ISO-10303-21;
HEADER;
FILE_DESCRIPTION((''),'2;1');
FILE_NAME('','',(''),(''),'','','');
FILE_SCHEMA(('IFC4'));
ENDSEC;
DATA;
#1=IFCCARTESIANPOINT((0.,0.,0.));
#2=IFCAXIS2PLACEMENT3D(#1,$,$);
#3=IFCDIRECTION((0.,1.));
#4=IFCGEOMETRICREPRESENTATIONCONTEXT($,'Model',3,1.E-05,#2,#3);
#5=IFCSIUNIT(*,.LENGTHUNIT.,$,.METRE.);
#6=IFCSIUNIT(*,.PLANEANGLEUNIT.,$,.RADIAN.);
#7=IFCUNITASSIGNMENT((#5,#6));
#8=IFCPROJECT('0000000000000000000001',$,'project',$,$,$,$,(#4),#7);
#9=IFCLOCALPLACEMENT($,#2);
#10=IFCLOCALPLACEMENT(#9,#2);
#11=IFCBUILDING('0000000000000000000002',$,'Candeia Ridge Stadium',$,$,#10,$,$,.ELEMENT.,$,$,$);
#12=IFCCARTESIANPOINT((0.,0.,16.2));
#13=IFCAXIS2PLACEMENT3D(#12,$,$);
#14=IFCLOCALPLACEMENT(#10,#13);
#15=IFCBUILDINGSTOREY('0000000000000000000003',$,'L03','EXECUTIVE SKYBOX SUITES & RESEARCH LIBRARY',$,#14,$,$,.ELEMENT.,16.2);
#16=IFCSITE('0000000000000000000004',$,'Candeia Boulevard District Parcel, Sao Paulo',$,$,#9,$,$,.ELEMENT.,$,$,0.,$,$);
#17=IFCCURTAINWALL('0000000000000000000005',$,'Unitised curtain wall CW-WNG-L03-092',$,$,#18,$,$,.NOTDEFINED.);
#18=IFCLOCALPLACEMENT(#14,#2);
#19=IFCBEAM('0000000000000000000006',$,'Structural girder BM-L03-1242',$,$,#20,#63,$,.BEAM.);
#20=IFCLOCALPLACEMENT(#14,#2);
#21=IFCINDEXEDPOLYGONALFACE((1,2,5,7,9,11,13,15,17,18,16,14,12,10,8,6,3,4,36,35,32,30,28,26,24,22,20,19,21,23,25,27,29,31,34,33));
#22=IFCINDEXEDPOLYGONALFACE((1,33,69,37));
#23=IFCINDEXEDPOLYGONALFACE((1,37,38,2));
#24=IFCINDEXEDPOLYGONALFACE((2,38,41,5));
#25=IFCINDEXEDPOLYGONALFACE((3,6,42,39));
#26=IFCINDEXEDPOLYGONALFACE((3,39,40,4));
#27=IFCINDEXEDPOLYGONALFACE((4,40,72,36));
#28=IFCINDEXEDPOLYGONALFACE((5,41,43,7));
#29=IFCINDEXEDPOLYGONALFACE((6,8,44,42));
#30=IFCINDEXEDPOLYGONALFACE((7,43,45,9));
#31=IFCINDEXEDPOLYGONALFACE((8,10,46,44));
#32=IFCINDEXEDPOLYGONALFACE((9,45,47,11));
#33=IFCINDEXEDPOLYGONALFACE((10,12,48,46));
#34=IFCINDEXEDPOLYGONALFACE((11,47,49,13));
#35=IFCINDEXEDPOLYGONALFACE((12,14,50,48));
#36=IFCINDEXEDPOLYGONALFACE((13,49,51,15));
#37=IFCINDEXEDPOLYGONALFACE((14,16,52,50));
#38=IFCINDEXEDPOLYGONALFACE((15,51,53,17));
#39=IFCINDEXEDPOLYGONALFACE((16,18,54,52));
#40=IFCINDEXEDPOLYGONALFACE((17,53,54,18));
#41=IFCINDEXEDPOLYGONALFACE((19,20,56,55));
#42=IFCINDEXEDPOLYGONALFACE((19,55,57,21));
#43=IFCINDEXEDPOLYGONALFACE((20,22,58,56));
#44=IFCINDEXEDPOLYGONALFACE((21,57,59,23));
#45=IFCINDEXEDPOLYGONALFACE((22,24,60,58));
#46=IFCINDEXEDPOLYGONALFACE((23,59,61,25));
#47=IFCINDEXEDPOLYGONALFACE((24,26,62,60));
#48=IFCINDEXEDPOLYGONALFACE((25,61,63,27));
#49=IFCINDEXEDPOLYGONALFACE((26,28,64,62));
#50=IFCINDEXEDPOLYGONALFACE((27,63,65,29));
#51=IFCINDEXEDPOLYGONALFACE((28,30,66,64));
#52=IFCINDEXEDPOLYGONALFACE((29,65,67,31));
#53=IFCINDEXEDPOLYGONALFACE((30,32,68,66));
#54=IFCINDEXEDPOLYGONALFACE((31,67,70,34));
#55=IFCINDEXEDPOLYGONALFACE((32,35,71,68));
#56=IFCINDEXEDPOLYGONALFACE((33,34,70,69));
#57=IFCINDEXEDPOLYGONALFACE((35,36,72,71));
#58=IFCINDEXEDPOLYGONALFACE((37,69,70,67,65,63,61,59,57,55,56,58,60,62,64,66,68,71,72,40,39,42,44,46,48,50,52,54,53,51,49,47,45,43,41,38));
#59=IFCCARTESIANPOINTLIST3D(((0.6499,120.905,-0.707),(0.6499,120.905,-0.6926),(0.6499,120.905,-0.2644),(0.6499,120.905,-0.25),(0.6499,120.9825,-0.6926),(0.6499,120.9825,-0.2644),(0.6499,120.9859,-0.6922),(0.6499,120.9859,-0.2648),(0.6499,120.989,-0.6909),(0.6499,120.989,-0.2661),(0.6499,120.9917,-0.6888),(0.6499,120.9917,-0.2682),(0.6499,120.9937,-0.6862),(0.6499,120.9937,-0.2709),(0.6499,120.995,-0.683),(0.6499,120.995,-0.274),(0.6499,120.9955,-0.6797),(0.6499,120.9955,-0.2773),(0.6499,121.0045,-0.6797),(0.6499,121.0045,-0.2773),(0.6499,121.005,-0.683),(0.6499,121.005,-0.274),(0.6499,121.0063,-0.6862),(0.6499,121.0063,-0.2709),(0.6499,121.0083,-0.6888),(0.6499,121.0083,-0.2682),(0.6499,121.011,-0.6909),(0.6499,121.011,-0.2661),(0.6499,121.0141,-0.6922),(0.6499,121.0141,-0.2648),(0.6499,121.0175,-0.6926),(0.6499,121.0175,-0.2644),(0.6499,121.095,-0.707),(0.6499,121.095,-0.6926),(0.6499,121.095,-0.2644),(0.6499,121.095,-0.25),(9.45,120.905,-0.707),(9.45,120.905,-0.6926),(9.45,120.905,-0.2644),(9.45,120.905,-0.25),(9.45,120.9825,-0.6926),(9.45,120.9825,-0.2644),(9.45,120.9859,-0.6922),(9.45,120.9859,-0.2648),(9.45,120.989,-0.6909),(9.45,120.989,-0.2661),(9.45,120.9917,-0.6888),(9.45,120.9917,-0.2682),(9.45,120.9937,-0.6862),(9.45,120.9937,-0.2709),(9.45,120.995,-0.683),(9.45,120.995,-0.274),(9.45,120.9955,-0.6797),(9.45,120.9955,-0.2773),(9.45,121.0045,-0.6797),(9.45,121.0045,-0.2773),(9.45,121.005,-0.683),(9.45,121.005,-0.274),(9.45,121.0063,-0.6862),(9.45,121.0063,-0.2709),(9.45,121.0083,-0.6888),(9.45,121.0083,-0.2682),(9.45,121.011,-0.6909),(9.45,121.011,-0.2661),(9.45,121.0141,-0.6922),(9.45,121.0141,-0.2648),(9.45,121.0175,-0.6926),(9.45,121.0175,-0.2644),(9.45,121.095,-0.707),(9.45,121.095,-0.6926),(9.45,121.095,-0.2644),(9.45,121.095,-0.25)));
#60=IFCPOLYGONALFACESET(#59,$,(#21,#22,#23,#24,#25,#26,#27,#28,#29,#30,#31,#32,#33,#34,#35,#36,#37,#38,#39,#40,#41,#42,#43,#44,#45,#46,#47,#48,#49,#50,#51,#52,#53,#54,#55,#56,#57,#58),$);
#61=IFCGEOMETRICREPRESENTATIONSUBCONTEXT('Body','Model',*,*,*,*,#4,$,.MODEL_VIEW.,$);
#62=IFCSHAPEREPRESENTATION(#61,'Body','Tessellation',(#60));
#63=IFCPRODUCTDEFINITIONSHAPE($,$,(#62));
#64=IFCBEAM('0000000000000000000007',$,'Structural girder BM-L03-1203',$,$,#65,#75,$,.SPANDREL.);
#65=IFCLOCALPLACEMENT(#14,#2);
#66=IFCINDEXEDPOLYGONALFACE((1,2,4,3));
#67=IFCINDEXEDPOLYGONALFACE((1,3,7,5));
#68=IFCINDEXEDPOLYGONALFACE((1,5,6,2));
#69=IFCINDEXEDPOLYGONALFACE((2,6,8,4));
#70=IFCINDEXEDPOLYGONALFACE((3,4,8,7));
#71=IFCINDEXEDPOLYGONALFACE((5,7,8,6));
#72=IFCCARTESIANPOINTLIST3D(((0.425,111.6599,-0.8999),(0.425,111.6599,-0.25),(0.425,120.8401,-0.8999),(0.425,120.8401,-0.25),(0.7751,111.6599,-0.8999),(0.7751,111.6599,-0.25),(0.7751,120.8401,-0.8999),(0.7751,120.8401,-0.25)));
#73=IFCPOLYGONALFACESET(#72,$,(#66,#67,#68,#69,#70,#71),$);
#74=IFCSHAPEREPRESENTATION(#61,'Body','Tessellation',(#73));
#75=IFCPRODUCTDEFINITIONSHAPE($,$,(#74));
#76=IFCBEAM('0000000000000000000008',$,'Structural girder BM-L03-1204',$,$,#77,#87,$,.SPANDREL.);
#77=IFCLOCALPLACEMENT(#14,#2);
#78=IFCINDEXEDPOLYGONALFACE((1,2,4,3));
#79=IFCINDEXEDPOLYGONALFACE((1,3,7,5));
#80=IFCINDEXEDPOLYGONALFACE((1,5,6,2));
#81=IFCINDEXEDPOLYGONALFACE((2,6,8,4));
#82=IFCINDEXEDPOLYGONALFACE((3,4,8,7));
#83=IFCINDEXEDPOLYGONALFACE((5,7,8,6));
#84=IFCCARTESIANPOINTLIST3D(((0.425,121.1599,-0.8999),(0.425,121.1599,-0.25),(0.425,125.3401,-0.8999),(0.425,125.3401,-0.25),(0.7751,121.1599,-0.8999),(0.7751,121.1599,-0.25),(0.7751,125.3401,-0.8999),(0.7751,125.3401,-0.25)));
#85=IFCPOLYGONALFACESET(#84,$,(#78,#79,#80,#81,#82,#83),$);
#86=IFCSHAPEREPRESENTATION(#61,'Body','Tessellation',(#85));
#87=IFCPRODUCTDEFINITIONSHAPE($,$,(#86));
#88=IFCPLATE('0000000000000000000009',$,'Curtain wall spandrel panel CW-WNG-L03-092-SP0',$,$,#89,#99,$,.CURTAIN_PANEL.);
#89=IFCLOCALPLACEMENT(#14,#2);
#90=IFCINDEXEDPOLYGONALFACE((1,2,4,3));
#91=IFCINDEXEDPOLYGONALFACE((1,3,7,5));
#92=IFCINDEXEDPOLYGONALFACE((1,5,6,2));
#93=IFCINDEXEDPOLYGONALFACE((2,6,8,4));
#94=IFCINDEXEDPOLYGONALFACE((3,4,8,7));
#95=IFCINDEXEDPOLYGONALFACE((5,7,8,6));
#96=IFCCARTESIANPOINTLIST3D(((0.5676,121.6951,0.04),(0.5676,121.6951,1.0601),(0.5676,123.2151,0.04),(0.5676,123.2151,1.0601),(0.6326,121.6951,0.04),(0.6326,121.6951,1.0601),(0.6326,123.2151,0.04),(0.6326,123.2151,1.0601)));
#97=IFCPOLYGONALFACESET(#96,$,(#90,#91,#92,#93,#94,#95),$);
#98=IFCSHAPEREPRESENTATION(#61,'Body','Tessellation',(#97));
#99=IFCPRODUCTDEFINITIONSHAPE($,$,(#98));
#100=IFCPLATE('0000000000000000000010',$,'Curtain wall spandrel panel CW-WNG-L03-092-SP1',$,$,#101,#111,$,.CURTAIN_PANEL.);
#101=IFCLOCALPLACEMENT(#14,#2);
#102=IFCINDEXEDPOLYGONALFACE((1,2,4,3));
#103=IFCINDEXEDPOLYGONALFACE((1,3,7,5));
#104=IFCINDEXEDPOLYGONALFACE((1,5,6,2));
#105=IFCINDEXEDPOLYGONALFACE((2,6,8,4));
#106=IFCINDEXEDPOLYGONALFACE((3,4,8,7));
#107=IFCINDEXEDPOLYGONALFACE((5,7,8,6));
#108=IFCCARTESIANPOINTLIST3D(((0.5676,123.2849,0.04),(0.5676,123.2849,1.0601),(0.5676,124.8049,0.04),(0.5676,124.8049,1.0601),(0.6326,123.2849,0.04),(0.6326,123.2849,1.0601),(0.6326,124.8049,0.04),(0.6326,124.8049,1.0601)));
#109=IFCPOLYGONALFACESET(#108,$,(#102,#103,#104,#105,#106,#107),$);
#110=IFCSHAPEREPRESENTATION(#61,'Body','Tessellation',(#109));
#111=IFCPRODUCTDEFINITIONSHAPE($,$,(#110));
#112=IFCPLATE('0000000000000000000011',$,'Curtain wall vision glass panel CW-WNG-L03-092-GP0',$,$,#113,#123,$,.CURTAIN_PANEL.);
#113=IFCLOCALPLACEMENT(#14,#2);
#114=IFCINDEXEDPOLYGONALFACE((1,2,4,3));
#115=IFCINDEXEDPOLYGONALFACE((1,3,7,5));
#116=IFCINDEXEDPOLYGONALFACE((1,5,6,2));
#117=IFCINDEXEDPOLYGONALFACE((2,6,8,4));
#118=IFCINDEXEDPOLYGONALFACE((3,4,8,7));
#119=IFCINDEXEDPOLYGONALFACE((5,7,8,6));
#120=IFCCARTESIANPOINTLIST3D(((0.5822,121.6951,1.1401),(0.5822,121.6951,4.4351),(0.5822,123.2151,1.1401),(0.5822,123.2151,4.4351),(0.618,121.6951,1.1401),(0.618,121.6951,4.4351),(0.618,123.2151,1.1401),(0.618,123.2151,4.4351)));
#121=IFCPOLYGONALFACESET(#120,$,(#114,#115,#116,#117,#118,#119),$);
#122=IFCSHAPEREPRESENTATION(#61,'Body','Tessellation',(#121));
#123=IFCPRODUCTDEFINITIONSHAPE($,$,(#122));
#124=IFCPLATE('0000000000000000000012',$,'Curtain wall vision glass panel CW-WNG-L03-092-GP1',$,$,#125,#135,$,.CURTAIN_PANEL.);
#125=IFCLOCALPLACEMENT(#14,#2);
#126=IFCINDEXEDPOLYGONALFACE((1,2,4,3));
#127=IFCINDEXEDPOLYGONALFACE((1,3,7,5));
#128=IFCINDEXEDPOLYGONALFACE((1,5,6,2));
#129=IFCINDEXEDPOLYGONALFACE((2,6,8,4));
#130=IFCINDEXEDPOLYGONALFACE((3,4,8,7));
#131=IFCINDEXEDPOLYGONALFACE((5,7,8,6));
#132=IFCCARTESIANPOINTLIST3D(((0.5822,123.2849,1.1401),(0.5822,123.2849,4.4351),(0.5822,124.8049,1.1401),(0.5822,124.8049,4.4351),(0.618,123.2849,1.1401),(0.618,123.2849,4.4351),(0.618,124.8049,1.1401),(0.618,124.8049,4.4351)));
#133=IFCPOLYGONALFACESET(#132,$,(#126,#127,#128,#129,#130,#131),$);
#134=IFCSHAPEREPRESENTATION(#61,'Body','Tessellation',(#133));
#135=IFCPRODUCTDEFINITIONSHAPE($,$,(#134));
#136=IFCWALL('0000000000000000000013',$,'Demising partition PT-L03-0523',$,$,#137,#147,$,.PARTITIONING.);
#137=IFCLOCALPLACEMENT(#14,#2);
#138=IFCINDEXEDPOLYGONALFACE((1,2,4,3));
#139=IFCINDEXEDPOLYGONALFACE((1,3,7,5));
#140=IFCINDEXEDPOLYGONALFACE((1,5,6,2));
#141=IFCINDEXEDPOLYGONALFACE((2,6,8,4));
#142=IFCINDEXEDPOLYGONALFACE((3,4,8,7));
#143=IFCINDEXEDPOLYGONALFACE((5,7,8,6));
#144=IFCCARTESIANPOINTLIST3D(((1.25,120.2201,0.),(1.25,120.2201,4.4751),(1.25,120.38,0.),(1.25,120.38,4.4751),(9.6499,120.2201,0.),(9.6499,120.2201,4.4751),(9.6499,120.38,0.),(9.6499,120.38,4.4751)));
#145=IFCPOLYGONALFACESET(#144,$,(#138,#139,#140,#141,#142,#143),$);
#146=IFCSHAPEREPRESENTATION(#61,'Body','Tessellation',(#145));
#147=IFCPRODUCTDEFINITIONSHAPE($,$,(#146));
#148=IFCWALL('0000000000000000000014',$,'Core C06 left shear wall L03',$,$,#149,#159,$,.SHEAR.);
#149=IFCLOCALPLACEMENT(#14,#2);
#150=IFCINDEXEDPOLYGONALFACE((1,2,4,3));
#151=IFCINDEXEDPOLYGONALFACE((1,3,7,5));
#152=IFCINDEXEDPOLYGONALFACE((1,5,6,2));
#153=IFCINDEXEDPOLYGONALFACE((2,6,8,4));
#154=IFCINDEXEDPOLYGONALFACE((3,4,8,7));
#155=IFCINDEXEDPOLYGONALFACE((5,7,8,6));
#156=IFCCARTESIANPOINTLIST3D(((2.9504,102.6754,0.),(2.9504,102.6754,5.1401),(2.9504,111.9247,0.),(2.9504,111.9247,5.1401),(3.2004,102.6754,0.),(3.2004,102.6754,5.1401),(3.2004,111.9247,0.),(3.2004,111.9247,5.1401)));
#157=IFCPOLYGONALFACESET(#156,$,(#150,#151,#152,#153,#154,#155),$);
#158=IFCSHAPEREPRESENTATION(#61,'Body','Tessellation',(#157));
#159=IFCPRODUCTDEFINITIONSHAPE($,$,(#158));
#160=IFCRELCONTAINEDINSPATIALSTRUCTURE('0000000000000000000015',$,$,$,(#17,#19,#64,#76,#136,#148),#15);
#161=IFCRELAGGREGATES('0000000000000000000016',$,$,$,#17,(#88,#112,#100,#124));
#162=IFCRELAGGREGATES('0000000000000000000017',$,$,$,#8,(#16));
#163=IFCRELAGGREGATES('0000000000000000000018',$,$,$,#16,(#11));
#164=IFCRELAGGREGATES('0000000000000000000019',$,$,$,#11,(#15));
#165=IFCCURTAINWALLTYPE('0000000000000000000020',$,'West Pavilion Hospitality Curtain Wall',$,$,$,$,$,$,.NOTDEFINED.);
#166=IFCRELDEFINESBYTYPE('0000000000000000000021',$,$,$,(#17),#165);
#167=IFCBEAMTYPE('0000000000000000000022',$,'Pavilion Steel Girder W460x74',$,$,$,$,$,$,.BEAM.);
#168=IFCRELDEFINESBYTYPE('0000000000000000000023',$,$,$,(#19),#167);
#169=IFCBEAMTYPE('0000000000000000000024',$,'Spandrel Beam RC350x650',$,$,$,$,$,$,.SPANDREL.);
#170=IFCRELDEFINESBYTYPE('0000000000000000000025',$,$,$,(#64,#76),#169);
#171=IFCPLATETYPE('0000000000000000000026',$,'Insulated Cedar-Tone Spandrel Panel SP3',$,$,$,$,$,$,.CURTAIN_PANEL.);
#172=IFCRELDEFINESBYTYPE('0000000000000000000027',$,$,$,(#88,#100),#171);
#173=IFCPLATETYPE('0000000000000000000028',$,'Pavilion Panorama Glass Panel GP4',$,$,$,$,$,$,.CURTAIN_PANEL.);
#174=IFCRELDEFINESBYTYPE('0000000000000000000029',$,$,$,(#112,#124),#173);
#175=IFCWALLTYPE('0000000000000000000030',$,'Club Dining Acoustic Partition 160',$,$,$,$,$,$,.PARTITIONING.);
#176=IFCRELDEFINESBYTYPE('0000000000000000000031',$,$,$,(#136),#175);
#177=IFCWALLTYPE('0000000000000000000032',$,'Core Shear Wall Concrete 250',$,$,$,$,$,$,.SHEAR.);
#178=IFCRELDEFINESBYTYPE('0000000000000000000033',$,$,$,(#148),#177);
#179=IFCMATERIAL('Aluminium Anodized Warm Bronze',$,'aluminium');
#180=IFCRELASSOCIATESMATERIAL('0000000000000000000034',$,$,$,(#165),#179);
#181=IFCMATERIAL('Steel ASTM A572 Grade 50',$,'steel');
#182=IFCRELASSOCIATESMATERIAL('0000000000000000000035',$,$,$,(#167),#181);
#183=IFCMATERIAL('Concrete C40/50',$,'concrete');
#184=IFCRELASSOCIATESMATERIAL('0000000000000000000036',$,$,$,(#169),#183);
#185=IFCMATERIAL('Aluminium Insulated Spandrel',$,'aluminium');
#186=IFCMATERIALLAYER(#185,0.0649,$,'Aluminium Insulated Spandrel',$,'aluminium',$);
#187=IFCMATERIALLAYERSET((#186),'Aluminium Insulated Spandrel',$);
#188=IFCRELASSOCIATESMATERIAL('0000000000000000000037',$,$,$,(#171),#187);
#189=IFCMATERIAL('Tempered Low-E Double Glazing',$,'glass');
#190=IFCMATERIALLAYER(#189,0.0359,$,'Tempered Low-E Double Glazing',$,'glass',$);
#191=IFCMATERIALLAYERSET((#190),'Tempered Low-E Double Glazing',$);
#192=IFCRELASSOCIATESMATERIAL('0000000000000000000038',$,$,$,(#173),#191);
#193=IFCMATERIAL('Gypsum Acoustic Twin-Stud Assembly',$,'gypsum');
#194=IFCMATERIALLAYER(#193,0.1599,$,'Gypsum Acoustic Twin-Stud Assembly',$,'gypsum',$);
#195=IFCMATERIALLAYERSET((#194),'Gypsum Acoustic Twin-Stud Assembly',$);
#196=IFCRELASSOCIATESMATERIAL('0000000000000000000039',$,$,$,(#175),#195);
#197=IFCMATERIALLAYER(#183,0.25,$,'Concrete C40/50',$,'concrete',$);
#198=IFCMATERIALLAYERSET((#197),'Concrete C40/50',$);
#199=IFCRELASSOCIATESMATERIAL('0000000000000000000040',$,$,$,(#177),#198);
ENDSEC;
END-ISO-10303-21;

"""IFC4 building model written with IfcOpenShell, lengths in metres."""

from ifc_helpers import new_model, si_unit, direction, frame, frame_2d, origin, origin_2d, place, context, subcontext, project, spatial, rectangle, i_section, extrude, material, layer, layer_set, material_profile, profile_set, type_object, element, aggregate, save


model = new_model("IFC4")

# Units and contexts
model_context = context("Model", 3, precision=1e-05, world=origin(), true_north=direction((0.0, 1.0)))
body_context = subcontext(model_context, "Body", "Model", "MODEL_VIEW")
ifc_project = project(units=[si_unit("LENGTHUNIT", "METRE"), si_unit("PLANEANGLEUNIT", "RADIAN")], contexts=[model_context])

# Site, building, storey
site_placement = place(None, origin())
site = spatial("IfcSite", under=ifc_project, at=site_placement, Name="Candeia Boulevard District Parcel, Sao Paulo", CompositionType="ELEMENT", RefElevation=0.0)
building_placement = place(site_placement, origin())
building = spatial("IfcBuilding", under=site, at=building_placement, Name="Candeia Ridge Stadium", CompositionType="ELEMENT")
storey_placement = place(building_placement, frame((0.0, 0.0, 16.2)))
storey = spatial("IfcBuildingStorey", under=building, at=storey_placement, Name="L03", Description="EXECUTIVE SKYBOX SUITES & RESEARCH LIBRARY", CompositionType="ELEMENT", Elevation=16.2)

# Shared definitions
ifc_material_1 = material(Name="Concrete C40/50", Category="concrete")

# Curtain wall
ifc_material_2 = material(Name="Aluminium Anodized Warm Bronze", Category="aluminium")
curtain_wall_type = type_object("IfcCurtainWallType", Name="West Pavilion Hospitality Curtain Wall", PredefinedType="NOTDEFINED", material=ifc_material_2)
curtain_wall_placement = place(storey_placement, origin())
curtain_wall = element("IfcCurtainWall", 1, at=curtain_wall_placement, inside=storey, type_object=curtain_wall_type, Name="Unitised curtain wall CW-WNG-L03-092", PredefinedType="NOTDEFINED")

# Beams
ifc_material_3 = material(Name="Steel ASTM A572 Grade 50", Category="steel")
ifc_material_profile_1 = material_profile(ifc_material_3, i_section(OverallWidth=0.1899, OverallDepth=0.457, WebThickness=0.009, FlangeThickness=0.0144, FilletRadius=0.0129, at=origin_2d()), Name="W460x74", Category="steel")
ifc_profile_set_1 = profile_set([ifc_material_profile_1], Name="Steel ASTM A572 Grade 50")
beam_type_1 = type_object("IfcBeamType", Name="Pavilion Steel Girder W460x74", PredefinedType="BEAM", material=ifc_profile_set_1)
beam_1_placement = place(storey_placement, frame((0.6499, 121.0, -0.4785), z_axis=(1.0, 0.0, 0.0), x_axis=(0.0, 1.0, 0.0)))
element("IfcBeam", 2, at=beam_1_placement, inside=storey, type_object=beam_type_1, Name="Structural girder BM-L03-1242", PredefinedType="BEAM", context=body_context, shape_type="SweptSolid", body=[
    extrude(i_section(OverallWidth=0.1899, OverallDepth=0.457, WebThickness=0.009, FlangeThickness=0.0144, FilletRadius=0.0129, at=origin_2d()), origin(), (0.0, 0.0, 1.0), 8.8),
])
ifc_material_profile_2 = material_profile(ifc_material_1, rectangle(XDim=0.3501, YDim=0.6499, at=origin_2d()), Name="RC350x650", Category="concrete")
ifc_profile_set_2 = profile_set([ifc_material_profile_2], Name="Concrete C40/50")
beam_type_2 = type_object("IfcBeamType", Name="Spandrel Beam RC350x650", PredefinedType="SPANDREL", material=ifc_profile_set_2)
beam_2_placement = place(storey_placement, frame((0.6001, 111.6599, -0.575), z_axis=(0.0, 1.0, 0.0), x_axis=(-1.0, 0.0, 0.0)))
element("IfcBeam", 3, at=beam_2_placement, inside=storey, type_object=beam_type_2, Name="Structural girder BM-L03-1203", PredefinedType="SPANDREL", context=body_context, shape_type="SweptSolid", body=[
    extrude(rectangle(XDim=0.3501, YDim=0.6499, at=origin_2d()), origin(), (0.0, 0.0, 1.0), 9.1802),
])
beam_3_placement = place(storey_placement, frame((0.6001, 121.1599, -0.575), z_axis=(0.0, 1.0, 0.0), x_axis=(-1.0, 0.0, 0.0)))
element("IfcBeam", 4, at=beam_3_placement, inside=storey, type_object=beam_type_2, Name="Structural girder BM-L03-1204", PredefinedType="SPANDREL", context=body_context, shape_type="SweptSolid", body=[
    extrude(rectangle(XDim=0.3501, YDim=0.6499, at=origin_2d()), origin(), (0.0, 0.0, 1.0), 4.1802),
])

# Plates
ifc_material_4 = material(Name="Aluminium Insulated Spandrel", Category="aluminium")
ifc_layer_1 = layer(ifc_material_4, 0.0649, Name="Aluminium Insulated Spandrel", Category="aluminium")
ifc_layer_set_1 = layer_set([ifc_layer_1], Name="Aluminium Insulated Spandrel")
plate_type_1 = type_object("IfcPlateType", Name="Insulated Cedar-Tone Spandrel Panel SP3", PredefinedType="CURTAIN_PANEL", material=ifc_layer_set_1)
plate_1_placement = place(storey_placement, frame((0.6001, 122.4551, 0.04), z_axis=(0.0, 0.0, 1.0), x_axis=(0.0, 1.0, 0.0)))
plate_1 = element("IfcPlate", 5, at=plate_1_placement, type_object=plate_type_1, Name="Curtain wall spandrel panel CW-WNG-L03-092-SP0", PredefinedType="CURTAIN_PANEL", context=body_context, shape_type="SweptSolid", body=[
    extrude(rectangle(XDim=1.52, YDim=0.0649, at=origin_2d()), origin(), (0.0, 0.0, 1.0), 1.02),
])
plate_2_placement = place(storey_placement, frame((0.6001, 124.0449, 0.04), z_axis=(0.0, 0.0, 1.0), x_axis=(0.0, 1.0, 0.0)))
plate_2 = element("IfcPlate", 6, at=plate_2_placement, type_object=plate_type_1, Name="Curtain wall spandrel panel CW-WNG-L03-092-SP1", PredefinedType="CURTAIN_PANEL", context=body_context, shape_type="SweptSolid", body=[
    extrude(rectangle(XDim=1.52, YDim=0.0649, at=origin_2d()), origin(), (0.0, 0.0, 1.0), 1.02),
])
ifc_material_5 = material(Name="Tempered Low-E Double Glazing", Category="glass")
ifc_layer_2 = layer(ifc_material_5, 0.0359, Name="Tempered Low-E Double Glazing", Category="glass")
ifc_layer_set_2 = layer_set([ifc_layer_2], Name="Tempered Low-E Double Glazing")
plate_type_2 = type_object("IfcPlateType", Name="Pavilion Panorama Glass Panel GP4", PredefinedType="CURTAIN_PANEL", material=ifc_layer_set_2)
plate_3_placement = place(storey_placement, frame((0.6001, 122.4551, 1.1401), z_axis=(0.0, 0.0, 1.0), x_axis=(0.0, 1.0, 0.0)))
plate_3 = element("IfcPlate", 7, at=plate_3_placement, type_object=plate_type_2, Name="Curtain wall vision glass panel CW-WNG-L03-092-GP0", PredefinedType="CURTAIN_PANEL", context=body_context, shape_type="SweptSolid", body=[
    extrude(rectangle(XDim=1.52, YDim=0.0359, at=origin_2d()), origin(), (0.0, 0.0, 1.0), 3.2949),
])
plate_4_placement = place(storey_placement, frame((0.6001, 124.0449, 1.1401), z_axis=(0.0, 0.0, 1.0), x_axis=(0.0, 1.0, 0.0)))
plate_4 = element("IfcPlate", 8, at=plate_4_placement, type_object=plate_type_2, Name="Curtain wall vision glass panel CW-WNG-L03-092-GP1", PredefinedType="CURTAIN_PANEL", context=body_context, shape_type="SweptSolid", body=[
    extrude(rectangle(XDim=1.52, YDim=0.0359, at=origin_2d()), origin(), (0.0, 0.0, 1.0), 3.2949),
])
aggregate(curtain_wall, [plate_1, plate_3, plate_2, plate_4])

# Walls
ifc_material_6 = material(Name="Gypsum Acoustic Twin-Stud Assembly", Category="gypsum")
ifc_layer_3 = layer(ifc_material_6, 0.1599, Name="Gypsum Acoustic Twin-Stud Assembly", Category="gypsum")
ifc_layer_set_3 = layer_set([ifc_layer_3], Name="Gypsum Acoustic Twin-Stud Assembly")
wall_type_1 = type_object("IfcWallType", Name="Club Dining Acoustic Partition 160", PredefinedType="PARTITIONING", material=ifc_layer_set_3)
wall_1_placement = place(storey_placement, frame((1.25, 120.3, 0.0), z_axis=(0.0, 0.0, 1.0), x_axis=(1.0, 0.0, 0.0)))
element("IfcWall", 9, at=wall_1_placement, inside=storey, type_object=wall_type_1, Name="Demising partition PT-L03-0523", PredefinedType="PARTITIONING", context=body_context, shape_type="SweptSolid", body=[
    extrude(rectangle(XDim=8.3999, YDim=0.1599, at=frame_2d((4.2, 0.0))), origin(), (0.0, 0.0, 1.0), 4.4751),
])
ifc_layer_4 = layer(ifc_material_1, 0.25, Name="Concrete C40/50", Category="concrete")
ifc_layer_set_4 = layer_set([ifc_layer_4], Name="Concrete C40/50")
wall_type_2 = type_object("IfcWallType", Name="Core Shear Wall Concrete 250", PredefinedType="SHEAR", material=ifc_layer_set_4)
wall_2_placement = place(storey_placement, frame((3.0754, 111.9246, 0.0), z_axis=(0.0, 0.0, 1.0), x_axis=(0.0, -1.0, 0.0)))
element("IfcWall", 10, at=wall_2_placement, inside=storey, type_object=wall_type_2, Name="Core C06 left shear wall L03", PredefinedType="SHEAR", context=body_context, shape_type="SweptSolid", body=[
    extrude(rectangle(XDim=9.2493, YDim=0.25, at=frame_2d((4.6245, 0.0))), origin(), (0.0, 0.0, 1.0), 5.1401),
])

save(model, "model.ifc")
